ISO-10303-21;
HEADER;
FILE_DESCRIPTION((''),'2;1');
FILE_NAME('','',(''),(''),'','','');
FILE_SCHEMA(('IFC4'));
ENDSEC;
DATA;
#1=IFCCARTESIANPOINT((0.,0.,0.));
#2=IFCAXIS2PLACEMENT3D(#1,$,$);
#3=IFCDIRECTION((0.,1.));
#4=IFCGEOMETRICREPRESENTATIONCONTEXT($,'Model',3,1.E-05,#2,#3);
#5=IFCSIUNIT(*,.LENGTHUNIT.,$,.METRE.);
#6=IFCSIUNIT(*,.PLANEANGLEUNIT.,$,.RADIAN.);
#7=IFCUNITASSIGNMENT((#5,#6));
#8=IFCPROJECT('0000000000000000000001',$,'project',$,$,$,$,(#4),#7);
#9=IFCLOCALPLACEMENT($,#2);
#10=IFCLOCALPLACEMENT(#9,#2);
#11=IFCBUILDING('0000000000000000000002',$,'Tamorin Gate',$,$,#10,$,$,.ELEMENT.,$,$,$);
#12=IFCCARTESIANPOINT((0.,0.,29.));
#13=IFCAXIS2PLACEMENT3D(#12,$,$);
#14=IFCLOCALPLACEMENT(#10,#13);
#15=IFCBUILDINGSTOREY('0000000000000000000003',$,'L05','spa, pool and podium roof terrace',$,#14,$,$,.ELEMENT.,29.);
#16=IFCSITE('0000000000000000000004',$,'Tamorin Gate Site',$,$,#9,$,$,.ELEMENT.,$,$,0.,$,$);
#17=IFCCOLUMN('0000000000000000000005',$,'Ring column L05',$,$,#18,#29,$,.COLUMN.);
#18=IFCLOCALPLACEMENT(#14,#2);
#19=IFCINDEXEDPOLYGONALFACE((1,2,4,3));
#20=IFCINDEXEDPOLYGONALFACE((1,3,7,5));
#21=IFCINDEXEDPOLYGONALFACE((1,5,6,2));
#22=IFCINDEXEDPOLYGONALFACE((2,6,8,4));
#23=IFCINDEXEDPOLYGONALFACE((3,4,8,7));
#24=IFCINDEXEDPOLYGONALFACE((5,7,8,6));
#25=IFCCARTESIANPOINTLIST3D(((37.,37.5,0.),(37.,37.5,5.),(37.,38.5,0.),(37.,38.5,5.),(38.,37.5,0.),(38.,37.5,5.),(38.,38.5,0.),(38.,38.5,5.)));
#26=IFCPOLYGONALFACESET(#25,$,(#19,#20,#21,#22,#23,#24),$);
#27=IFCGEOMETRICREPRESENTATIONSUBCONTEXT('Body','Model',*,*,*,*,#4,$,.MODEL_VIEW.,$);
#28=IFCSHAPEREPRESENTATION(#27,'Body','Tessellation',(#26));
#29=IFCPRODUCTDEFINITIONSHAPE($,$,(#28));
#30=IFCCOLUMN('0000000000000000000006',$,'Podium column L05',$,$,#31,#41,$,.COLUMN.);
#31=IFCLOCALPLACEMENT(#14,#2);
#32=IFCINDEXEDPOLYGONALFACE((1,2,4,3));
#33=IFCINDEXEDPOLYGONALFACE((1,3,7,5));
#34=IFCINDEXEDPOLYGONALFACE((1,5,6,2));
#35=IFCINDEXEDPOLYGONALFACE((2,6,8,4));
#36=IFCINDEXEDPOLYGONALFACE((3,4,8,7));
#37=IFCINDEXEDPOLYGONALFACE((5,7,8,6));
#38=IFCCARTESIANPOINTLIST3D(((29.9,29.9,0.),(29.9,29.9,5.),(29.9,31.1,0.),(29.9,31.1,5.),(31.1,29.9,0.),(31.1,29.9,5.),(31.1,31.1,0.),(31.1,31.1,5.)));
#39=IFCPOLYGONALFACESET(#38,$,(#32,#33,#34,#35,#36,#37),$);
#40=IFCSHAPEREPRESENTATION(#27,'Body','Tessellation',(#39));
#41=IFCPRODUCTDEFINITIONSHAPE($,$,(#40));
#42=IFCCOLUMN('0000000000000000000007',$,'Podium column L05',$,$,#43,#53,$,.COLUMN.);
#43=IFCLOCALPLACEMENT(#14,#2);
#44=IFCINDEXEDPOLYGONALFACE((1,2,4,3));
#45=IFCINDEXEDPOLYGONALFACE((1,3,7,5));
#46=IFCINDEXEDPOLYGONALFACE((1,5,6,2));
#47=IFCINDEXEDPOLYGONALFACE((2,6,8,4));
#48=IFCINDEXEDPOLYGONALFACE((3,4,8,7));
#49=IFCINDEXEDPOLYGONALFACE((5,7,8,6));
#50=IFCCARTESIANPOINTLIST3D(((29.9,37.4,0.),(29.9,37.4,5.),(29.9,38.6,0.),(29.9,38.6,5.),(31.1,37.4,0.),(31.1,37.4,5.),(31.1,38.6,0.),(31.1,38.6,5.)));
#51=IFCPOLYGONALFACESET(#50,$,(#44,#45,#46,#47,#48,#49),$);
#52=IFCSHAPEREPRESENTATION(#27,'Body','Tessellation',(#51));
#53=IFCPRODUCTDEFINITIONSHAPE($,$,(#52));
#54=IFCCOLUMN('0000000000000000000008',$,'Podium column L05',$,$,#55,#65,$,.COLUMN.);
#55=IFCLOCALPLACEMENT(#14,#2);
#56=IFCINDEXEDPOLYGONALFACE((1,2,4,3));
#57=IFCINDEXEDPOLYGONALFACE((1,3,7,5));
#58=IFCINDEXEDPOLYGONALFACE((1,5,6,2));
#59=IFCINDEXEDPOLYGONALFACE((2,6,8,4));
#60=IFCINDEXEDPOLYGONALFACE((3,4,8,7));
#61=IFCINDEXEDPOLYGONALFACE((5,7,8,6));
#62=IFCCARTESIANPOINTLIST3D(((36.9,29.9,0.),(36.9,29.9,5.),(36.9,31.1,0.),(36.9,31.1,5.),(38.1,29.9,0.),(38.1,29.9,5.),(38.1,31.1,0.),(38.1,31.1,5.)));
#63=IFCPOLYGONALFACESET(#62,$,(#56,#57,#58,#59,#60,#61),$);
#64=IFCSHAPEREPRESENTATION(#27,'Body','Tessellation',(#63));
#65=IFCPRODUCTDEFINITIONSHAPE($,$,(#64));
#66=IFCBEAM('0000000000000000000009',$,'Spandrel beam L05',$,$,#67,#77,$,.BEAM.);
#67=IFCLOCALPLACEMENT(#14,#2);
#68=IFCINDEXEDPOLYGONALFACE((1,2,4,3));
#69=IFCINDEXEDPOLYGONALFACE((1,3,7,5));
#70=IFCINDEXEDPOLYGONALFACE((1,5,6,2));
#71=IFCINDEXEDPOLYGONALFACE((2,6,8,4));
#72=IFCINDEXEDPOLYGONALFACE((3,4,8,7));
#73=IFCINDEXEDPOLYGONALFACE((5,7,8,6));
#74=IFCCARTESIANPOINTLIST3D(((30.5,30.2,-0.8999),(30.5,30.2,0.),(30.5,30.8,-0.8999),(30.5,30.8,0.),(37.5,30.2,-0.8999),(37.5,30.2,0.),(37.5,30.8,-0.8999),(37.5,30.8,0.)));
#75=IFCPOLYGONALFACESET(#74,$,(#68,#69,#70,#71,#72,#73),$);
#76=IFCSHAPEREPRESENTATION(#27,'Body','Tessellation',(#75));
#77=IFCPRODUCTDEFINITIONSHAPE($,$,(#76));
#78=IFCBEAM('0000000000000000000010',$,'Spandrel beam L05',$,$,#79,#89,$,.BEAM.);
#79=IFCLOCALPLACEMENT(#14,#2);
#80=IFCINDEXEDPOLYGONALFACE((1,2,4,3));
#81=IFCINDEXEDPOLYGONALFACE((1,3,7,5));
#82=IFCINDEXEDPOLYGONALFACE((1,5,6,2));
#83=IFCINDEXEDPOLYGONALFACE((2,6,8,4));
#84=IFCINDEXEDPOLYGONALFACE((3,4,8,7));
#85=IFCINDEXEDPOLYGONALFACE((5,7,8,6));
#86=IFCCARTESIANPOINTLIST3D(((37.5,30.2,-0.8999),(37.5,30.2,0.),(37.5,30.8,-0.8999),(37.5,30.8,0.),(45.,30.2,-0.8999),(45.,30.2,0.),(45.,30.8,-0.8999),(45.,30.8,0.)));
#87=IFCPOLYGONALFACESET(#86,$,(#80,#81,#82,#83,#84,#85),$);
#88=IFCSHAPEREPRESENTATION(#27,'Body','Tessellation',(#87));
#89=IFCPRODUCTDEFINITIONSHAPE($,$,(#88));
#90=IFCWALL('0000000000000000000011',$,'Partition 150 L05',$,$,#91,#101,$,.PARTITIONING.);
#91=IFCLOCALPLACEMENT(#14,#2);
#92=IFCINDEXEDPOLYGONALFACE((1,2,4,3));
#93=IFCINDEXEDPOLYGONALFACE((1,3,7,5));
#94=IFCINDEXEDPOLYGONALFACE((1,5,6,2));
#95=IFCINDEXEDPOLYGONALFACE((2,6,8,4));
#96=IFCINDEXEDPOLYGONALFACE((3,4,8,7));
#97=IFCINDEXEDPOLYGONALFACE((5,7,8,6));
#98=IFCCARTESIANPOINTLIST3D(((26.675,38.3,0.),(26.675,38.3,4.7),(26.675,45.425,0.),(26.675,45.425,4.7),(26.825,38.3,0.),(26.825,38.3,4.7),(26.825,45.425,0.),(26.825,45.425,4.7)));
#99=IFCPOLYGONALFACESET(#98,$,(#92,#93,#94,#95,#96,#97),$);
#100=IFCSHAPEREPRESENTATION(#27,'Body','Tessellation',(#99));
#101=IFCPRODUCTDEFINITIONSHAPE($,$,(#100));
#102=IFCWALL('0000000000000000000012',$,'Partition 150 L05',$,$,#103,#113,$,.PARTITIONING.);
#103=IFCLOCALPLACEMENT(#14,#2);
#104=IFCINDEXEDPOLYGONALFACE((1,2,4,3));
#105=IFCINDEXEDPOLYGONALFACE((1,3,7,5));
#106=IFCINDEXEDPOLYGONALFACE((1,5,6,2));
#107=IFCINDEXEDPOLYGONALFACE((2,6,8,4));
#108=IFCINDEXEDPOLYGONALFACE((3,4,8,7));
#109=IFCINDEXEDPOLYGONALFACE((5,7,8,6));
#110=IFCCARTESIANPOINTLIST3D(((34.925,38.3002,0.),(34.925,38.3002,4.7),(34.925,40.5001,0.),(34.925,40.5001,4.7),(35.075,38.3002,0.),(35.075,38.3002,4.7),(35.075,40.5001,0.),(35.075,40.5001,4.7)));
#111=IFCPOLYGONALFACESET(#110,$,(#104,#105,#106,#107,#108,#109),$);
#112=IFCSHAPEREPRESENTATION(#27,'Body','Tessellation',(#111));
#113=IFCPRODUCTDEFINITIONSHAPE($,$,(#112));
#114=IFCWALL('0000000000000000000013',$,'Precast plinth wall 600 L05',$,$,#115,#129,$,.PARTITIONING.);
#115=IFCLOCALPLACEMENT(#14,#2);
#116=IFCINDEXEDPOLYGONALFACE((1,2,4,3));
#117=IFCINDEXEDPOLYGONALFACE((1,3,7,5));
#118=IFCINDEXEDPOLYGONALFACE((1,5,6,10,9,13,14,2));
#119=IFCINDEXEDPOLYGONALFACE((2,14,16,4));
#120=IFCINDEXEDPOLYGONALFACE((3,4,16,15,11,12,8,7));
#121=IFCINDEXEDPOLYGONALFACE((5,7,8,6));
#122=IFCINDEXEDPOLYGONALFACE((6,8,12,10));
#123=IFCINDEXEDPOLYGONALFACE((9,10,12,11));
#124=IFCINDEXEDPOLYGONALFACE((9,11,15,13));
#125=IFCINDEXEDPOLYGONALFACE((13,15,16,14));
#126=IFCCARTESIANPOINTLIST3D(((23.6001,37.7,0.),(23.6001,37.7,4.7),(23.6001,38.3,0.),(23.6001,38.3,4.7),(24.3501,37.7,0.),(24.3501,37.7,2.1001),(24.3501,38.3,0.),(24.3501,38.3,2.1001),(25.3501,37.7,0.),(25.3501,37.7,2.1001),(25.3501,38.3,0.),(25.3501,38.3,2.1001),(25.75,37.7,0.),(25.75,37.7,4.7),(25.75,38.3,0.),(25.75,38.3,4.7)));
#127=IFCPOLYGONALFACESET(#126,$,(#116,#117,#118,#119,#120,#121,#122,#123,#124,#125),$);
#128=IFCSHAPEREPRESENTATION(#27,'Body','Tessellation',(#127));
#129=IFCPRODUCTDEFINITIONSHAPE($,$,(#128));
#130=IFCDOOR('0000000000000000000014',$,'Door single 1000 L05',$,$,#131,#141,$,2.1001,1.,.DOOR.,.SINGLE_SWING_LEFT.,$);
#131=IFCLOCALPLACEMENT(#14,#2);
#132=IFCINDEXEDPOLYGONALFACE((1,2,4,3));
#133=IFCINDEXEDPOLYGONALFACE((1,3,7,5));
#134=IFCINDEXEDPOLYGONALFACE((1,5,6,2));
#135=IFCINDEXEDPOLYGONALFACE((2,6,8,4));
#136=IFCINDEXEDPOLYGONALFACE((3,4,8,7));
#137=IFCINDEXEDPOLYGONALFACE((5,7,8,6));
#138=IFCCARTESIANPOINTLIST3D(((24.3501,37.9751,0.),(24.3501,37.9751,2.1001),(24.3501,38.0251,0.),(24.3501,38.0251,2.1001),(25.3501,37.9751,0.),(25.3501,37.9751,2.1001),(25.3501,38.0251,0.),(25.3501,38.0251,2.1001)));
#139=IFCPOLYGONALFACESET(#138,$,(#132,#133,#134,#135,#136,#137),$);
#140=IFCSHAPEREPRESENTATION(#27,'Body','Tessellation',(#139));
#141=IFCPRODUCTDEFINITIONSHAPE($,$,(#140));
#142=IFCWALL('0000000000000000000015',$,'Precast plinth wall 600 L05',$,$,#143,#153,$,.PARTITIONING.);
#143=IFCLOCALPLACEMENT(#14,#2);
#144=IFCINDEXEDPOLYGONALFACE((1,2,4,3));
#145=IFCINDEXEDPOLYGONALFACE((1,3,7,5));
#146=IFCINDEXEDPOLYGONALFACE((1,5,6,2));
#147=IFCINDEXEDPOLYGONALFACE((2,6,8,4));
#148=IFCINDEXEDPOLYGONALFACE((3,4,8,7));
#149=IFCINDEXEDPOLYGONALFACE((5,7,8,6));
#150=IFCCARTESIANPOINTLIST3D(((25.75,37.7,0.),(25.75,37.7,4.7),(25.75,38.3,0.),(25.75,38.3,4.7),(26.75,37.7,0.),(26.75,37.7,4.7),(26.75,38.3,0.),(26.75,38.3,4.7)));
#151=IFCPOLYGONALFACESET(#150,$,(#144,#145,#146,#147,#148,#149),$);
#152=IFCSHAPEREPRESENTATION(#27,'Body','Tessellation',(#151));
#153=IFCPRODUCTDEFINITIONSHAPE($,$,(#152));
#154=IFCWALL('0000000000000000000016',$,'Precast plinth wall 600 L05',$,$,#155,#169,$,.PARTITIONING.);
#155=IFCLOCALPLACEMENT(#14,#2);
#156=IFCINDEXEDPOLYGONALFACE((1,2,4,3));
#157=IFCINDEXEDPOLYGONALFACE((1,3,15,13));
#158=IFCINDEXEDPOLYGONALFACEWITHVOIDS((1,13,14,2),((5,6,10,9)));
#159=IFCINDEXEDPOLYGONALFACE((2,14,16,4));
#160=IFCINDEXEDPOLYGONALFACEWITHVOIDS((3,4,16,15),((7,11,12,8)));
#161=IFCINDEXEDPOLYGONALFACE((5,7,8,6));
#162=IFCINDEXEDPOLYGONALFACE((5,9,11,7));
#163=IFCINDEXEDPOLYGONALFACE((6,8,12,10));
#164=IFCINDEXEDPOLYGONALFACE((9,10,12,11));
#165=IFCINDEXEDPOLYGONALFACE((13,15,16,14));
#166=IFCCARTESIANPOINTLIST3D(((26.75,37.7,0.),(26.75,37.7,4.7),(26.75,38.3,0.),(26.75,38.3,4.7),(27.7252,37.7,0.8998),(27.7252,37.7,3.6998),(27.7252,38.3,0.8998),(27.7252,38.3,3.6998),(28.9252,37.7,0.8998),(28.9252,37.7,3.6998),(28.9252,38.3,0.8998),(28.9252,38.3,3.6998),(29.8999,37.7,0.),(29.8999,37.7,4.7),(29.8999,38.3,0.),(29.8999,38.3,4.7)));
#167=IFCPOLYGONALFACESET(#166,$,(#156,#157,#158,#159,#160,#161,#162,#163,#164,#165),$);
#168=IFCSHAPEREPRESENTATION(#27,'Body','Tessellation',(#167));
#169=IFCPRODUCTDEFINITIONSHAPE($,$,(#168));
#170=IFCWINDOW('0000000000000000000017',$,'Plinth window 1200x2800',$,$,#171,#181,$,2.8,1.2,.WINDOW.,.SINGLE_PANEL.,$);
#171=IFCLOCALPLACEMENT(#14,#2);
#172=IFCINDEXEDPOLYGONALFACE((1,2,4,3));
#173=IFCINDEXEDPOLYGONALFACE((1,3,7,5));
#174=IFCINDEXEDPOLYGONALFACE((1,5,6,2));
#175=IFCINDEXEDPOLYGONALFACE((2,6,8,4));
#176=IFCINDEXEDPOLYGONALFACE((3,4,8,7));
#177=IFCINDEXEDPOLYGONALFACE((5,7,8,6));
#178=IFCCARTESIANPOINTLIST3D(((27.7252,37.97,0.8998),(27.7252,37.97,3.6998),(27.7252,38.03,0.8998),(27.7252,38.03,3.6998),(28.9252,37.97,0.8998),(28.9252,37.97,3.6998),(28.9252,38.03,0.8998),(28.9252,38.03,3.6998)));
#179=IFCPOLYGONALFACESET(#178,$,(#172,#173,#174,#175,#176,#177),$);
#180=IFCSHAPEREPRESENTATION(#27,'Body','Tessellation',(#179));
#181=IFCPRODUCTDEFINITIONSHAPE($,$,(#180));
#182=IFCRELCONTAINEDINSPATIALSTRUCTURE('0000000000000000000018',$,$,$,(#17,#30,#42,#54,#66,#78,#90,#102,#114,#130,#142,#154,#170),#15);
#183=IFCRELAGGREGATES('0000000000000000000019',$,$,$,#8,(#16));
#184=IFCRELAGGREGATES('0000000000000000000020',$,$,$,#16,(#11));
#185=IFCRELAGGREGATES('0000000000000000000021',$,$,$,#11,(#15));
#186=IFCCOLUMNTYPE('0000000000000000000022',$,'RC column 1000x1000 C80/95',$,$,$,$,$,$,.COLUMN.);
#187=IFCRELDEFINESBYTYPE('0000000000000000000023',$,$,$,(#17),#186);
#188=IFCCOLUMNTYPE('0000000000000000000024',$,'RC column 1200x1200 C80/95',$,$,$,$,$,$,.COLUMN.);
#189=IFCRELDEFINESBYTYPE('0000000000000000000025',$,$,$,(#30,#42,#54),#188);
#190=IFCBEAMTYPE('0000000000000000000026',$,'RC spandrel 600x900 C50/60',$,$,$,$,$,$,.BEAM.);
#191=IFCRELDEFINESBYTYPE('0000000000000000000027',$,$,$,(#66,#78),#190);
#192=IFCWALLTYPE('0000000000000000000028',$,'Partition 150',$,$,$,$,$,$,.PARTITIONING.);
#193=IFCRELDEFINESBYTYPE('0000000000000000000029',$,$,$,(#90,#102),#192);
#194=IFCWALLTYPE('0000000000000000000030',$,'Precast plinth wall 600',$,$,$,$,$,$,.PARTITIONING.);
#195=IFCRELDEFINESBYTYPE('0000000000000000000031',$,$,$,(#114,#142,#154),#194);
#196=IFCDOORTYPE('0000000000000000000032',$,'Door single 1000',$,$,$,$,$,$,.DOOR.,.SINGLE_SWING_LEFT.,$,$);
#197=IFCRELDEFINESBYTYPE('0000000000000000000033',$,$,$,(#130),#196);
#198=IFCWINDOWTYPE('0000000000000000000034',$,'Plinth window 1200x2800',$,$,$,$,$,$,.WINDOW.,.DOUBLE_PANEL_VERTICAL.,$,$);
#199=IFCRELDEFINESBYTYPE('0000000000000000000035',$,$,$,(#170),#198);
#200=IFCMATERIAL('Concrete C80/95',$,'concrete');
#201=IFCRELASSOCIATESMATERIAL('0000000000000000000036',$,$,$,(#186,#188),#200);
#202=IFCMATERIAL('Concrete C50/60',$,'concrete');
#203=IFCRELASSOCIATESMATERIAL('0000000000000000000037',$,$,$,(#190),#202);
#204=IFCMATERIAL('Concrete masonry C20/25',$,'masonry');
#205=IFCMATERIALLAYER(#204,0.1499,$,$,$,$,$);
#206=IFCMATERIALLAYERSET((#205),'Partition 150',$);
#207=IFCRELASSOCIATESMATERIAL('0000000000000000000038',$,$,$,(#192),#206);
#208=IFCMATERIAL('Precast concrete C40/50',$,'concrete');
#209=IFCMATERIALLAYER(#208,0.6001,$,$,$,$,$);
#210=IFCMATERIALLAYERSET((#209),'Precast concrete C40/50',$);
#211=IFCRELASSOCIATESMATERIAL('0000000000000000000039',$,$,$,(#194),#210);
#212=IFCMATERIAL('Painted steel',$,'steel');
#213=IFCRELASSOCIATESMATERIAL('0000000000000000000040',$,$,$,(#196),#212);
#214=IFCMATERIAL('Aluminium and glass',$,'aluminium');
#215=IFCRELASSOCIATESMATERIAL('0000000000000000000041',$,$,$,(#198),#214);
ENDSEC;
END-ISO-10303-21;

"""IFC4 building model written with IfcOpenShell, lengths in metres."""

from ifc_helpers import new_model, si_unit, direction, frame, frame_2d, origin, origin_2d, place, context, subcontext, project, spatial, rectangle, extrude, material, layer, layer_set, material_profile, profile_set, type_object, element, fill, save


model = new_model("IFC4")

# Units and contexts
model_context = context("Model", 3, precision=1e-05, world=origin(), true_north=direction((0.0, 1.0)))
body_context = subcontext(model_context, "Body", "Model", "MODEL_VIEW")
ifc_project = project(units=[si_unit("LENGTHUNIT", "METRE"), si_unit("PLANEANGLEUNIT", "RADIAN")], contexts=[model_context])

# Site, building, storey
site_placement = place(None, origin())
site = spatial("IfcSite", under=ifc_project, at=site_placement, Name="Tamorin Gate Site", CompositionType="ELEMENT", RefElevation=0.0)
building_placement = place(site_placement, origin())
building = spatial("IfcBuilding", under=site, at=building_placement, Name="Tamorin Gate", CompositionType="ELEMENT")
storey_placement = place(building_placement, frame((0.0, 0.0, 29.0)))
storey = spatial("IfcBuildingStorey", under=building, at=storey_placement, Name="L05", Description="spa, pool and podium roof terrace", CompositionType="ELEMENT", Elevation=29.0)

# Columns
ifc_material_1 = material(Name="Concrete C80/95", Category="concrete")
ifc_material_profile_1 = material_profile(ifc_material_1, rectangle(XDim=1.0, YDim=1.0, at=origin_2d()), Name="RC 1000x1000")
ifc_profile_set_1 = profile_set([ifc_material_profile_1], Name="Concrete C80/95")
column_type_1 = type_object("IfcColumnType", Name="RC column 1000x1000 C80/95", PredefinedType="COLUMN", material=ifc_profile_set_1)
column_placement = place(storey_placement, frame((37.5, 38.0, 0.0), z_axis=(0.0, 0.0, 1.0), x_axis=(1.0, 0.0, 0.0)))
element("IfcColumn", 1, at=column_placement, inside=storey, type_object=column_type_1, Name="Ring column L05", PredefinedType="COLUMN", context=body_context, shape_type="SweptSolid", body=[
    extrude(rectangle(XDim=1.0, YDim=1.0, at=origin_2d()), origin(), (0.0, 0.0, 1.0), 5.0),
])
ifc_material_profile_2 = material_profile(ifc_material_1, rectangle(XDim=1.2, YDim=1.2, at=origin_2d()), Name="RC 1200x1200")
ifc_profile_set_2 = profile_set([ifc_material_profile_2], Name="Concrete C80/95")
column_type_2 = type_object("IfcColumnType", Name="RC column 1200x1200 C80/95", PredefinedType="COLUMN", material=ifc_profile_set_2)
for number, where, z_axis, x_axis, name in (
    (2, (30.5, 30.5, 0.0), (0.0, 0.0, 1.0), (1.0, 0.0, 0.0), "Podium column L05"),
    (3, (30.5, 38.0, 0.0), (0.0, 0.0, 1.0), (1.0, 0.0, 0.0), "Podium column L05"),
    (4, (37.5, 30.5, 0.0), (0.0, 0.0, 1.0), (1.0, 0.0, 0.0), "Podium column L05"),
):
    element("IfcColumn", number, at=place(storey_placement, frame(where, z_axis=z_axis, x_axis=x_axis)), inside=storey, type_object=column_type_2, Name=name, PredefinedType="COLUMN", context=body_context, shape_type="SweptSolid", body=[
        extrude(rectangle(XDim=1.2, YDim=1.2, at=origin_2d()), origin(), (0.0, 0.0, 1.0), 5.0),
    ])

# Beams
ifc_material_2 = material(Name="Concrete C50/60", Category="concrete")
ifc_material_profile_3 = material_profile(ifc_material_2, rectangle(XDim=0.6001, YDim=0.8999, at=origin_2d()), Name="RC 600x900")
ifc_profile_set_3 = profile_set([ifc_material_profile_3], Name="Concrete C50/60")
beam_type = type_object("IfcBeamType", Name="RC spandrel 600x900 C50/60", PredefinedType="BEAM", material=ifc_profile_set_3)
beam_1_placement = place(storey_placement, frame((30.5, 30.5, -0.45), z_axis=(1.0, 0.0, 0.0), x_axis=(0.0, 1.0, 0.0)))
element("IfcBeam", 5, at=beam_1_placement, inside=storey, type_object=beam_type, Name="Spandrel beam L05", PredefinedType="BEAM", context=body_context, shape_type="SweptSolid", body=[
    extrude(rectangle(XDim=0.6001, YDim=0.8999, at=origin_2d()), origin(), (0.0, 0.0, 1.0), 7.0),
])
beam_2_placement = place(storey_placement, frame((37.5, 30.5, -0.45), z_axis=(1.0, 0.0, 0.0), x_axis=(0.0, 1.0, 0.0)))
element("IfcBeam", 6, at=beam_2_placement, inside=storey, type_object=beam_type, Name="Spandrel beam L05", PredefinedType="BEAM", context=body_context, shape_type="SweptSolid", body=[
    extrude(rectangle(XDim=0.6001, YDim=0.8999, at=origin_2d()), origin(), (0.0, 0.0, 1.0), 7.5),
])

# Walls
ifc_material_3 = material(Name="Concrete masonry C20/25", Category="masonry")
ifc_layer_1 = layer(ifc_material_3, 0.1499)
ifc_layer_set_1 = layer_set([ifc_layer_1], Name="Partition 150")
wall_type_1 = type_object("IfcWallType", Name="Partition 150", PredefinedType="PARTITIONING", material=ifc_layer_set_1)
wall_1_placement = place(storey_placement, frame((26.75, 38.3, 0.0), z_axis=(0.0, 0.0, 1.0), x_axis=(0.0, 1.0, 0.0)))
element("IfcWall", 7, at=wall_1_placement, inside=storey, type_object=wall_type_1, Name="Partition 150 L05", PredefinedType="PARTITIONING", context=body_context, shape_type="SweptSolid", body=[
    extrude(rectangle(XDim=7.125, YDim=0.1499, at=frame_2d((3.5625, 0.0))), origin(), (0.0, 0.0, 1.0), 4.7),
])
wall_2_placement = place(storey_placement, frame((35.0, 38.3, 0.0), z_axis=(0.0, 0.0, 1.0), x_axis=(0.0, 1.0, 0.0)))
element("IfcWall", 8, at=wall_2_placement, inside=storey, type_object=wall_type_1, Name="Partition 150 L05", PredefinedType="PARTITIONING", context=body_context, shape_type="SweptSolid", body=[
    extrude(rectangle(XDim=2.2, YDim=0.1499, at=frame_2d((1.1001, 0.0))), origin(), (0.0, 0.0, 1.0), 4.7),
])

# Wall, opening, door
ifc_material_4 = material(Name="Precast concrete C40/50", Category="concrete")
ifc_layer_2 = layer(ifc_material_4, 0.6001)
ifc_layer_set_2 = layer_set([ifc_layer_2], Name="Precast concrete C40/50")
wall_type_2 = type_object("IfcWallType", Name="Precast plinth wall 600", PredefinedType="PARTITIONING", material=ifc_layer_set_2)
wall_3_placement = place(storey_placement, frame((25.75, 38.0, 0.0), z_axis=(0.0, 0.0, 1.0), x_axis=(-1.0, 0.0, 0.0)))
wall_3 = element("IfcWall", 9, at=wall_3_placement, inside=storey, type_object=wall_type_2, Name="Precast plinth wall 600 L05", PredefinedType="PARTITIONING", context=body_context, shape_type="SweptSolid", body=[
    extrude(rectangle(XDim=2.1499, YDim=0.6001, at=frame_2d((1.075, 0.0))), origin(), (0.0, 0.0, 1.0), 4.7),
])
opening_1_placement = place(wall_3_placement, frame((0.3999, 0.0, 0.0)))
opening_1 = element("IfcOpeningElement", 10, at=opening_1_placement, cuts=wall_3, PredefinedType="OPENING", context=body_context, shape_type="SweptSolid", body=[
    extrude(rectangle(XDim=1.0, YDim=2.1001, at=frame_2d((0.5, 1.05))), frame((0.0, 0.3101, 0.0), z_axis=(0.0, -1.0, 0.0), x_axis=(1.0, 0.0, 0.0)), (0.0, 0.0, 1.0), 0.6201),
])
ifc_material_5 = material(Name="Painted steel", Category="steel")
door_type = type_object("IfcDoorType", Name="Door single 1000", OperationType="SINGLE_SWING_LEFT", PredefinedType="DOOR", material=ifc_material_5)
door_1_placement = place(opening_1_placement, origin())
door_1 = element("IfcDoor", 11, at=door_1_placement, inside=storey, type_object=door_type, Name="Door single 1000 L05", OperationType="SINGLE_SWING_LEFT", OverallHeight=2.1001, OverallWidth=1.0, PredefinedType="DOOR", context=body_context, shape_type="SweptSolid", body=[
    extrude(rectangle(XDim=1.0, YDim=2.1001, at=frame_2d((0.5, 1.05))), frame((0.0, 0.0249, 0.0), z_axis=(0.0, -1.0, 0.0), x_axis=(1.0, 0.0, 0.0)), (0.0, 0.0, 1.0), 0.05),
])
fill(opening_1, door_1)

# Wall
wall_4_placement = place(storey_placement, frame((25.75, 38.0, 0.0), z_axis=(0.0, 0.0, 1.0), x_axis=(1.0, 0.0, 0.0)))
element("IfcWall", 12, at=wall_4_placement, inside=storey, type_object=wall_type_2, Name="Precast plinth wall 600 L05", PredefinedType="PARTITIONING", context=body_context, shape_type="SweptSolid", body=[
    extrude(rectangle(XDim=1.0, YDim=0.6001, at=frame_2d((0.5, 0.0))), origin(), (0.0, 0.0, 1.0), 4.7),
])

# Wall, opening, window
wall_5_placement = place(storey_placement, frame((26.75, 38.0, 0.0), z_axis=(0.0, 0.0, 1.0), x_axis=(1.0, 0.0, 0.0)))
wall_5 = element("IfcWall", 13, at=wall_5_placement, inside=storey, type_object=wall_type_2, Name="Precast plinth wall 600 L05", PredefinedType="PARTITIONING", context=body_context, shape_type="SweptSolid", body=[
    extrude(rectangle(XDim=3.1499, YDim=0.6001, at=frame_2d((1.575, 0.0))), origin(), (0.0, 0.0, 1.0), 4.7),
])
opening_2_placement = place(wall_5_placement, frame((0.9751, 0.0, 0.8999)))
opening_2 = element("IfcOpeningElement", 14, at=opening_2_placement, cuts=wall_5, PredefinedType="OPENING", context=body_context, shape_type="SweptSolid", body=[
    extrude(rectangle(XDim=1.2, YDim=2.8, at=frame_2d((0.6001, 1.3999))), frame((0.0, 0.3101, 0.0), z_axis=(0.0, -1.0, 0.0), x_axis=(1.0, 0.0, 0.0)), (0.0, 0.0, 1.0), 0.6201),
])
ifc_material_6 = material(Name="Aluminium and glass", Category="aluminium")
window_type = type_object("IfcWindowType", Name="Plinth window 1200x2800", PartitioningType="DOUBLE_PANEL_VERTICAL", PredefinedType="WINDOW", material=ifc_material_6)
window_placement = place(opening_2_placement, origin())
window = element("IfcWindow", 15, at=window_placement, inside=storey, type_object=window_type, Name="Plinth window 1200x2800", OverallHeight=2.8, OverallWidth=1.2, PartitioningType="SINGLE_PANEL", PredefinedType="WINDOW", context=body_context, shape_type="SweptSolid", body=[
    extrude(rectangle(XDim=1.2, YDim=2.8, at=frame_2d((0.6001, 1.3999))), frame((0.0, 0.03, 0.0), z_axis=(0.0, -1.0, 0.0), x_axis=(1.0, 0.0, 0.0)), (0.0, 0.0, 1.0), 0.0601),
])
fill(opening_2, window)

save(model, "model.ifc")
